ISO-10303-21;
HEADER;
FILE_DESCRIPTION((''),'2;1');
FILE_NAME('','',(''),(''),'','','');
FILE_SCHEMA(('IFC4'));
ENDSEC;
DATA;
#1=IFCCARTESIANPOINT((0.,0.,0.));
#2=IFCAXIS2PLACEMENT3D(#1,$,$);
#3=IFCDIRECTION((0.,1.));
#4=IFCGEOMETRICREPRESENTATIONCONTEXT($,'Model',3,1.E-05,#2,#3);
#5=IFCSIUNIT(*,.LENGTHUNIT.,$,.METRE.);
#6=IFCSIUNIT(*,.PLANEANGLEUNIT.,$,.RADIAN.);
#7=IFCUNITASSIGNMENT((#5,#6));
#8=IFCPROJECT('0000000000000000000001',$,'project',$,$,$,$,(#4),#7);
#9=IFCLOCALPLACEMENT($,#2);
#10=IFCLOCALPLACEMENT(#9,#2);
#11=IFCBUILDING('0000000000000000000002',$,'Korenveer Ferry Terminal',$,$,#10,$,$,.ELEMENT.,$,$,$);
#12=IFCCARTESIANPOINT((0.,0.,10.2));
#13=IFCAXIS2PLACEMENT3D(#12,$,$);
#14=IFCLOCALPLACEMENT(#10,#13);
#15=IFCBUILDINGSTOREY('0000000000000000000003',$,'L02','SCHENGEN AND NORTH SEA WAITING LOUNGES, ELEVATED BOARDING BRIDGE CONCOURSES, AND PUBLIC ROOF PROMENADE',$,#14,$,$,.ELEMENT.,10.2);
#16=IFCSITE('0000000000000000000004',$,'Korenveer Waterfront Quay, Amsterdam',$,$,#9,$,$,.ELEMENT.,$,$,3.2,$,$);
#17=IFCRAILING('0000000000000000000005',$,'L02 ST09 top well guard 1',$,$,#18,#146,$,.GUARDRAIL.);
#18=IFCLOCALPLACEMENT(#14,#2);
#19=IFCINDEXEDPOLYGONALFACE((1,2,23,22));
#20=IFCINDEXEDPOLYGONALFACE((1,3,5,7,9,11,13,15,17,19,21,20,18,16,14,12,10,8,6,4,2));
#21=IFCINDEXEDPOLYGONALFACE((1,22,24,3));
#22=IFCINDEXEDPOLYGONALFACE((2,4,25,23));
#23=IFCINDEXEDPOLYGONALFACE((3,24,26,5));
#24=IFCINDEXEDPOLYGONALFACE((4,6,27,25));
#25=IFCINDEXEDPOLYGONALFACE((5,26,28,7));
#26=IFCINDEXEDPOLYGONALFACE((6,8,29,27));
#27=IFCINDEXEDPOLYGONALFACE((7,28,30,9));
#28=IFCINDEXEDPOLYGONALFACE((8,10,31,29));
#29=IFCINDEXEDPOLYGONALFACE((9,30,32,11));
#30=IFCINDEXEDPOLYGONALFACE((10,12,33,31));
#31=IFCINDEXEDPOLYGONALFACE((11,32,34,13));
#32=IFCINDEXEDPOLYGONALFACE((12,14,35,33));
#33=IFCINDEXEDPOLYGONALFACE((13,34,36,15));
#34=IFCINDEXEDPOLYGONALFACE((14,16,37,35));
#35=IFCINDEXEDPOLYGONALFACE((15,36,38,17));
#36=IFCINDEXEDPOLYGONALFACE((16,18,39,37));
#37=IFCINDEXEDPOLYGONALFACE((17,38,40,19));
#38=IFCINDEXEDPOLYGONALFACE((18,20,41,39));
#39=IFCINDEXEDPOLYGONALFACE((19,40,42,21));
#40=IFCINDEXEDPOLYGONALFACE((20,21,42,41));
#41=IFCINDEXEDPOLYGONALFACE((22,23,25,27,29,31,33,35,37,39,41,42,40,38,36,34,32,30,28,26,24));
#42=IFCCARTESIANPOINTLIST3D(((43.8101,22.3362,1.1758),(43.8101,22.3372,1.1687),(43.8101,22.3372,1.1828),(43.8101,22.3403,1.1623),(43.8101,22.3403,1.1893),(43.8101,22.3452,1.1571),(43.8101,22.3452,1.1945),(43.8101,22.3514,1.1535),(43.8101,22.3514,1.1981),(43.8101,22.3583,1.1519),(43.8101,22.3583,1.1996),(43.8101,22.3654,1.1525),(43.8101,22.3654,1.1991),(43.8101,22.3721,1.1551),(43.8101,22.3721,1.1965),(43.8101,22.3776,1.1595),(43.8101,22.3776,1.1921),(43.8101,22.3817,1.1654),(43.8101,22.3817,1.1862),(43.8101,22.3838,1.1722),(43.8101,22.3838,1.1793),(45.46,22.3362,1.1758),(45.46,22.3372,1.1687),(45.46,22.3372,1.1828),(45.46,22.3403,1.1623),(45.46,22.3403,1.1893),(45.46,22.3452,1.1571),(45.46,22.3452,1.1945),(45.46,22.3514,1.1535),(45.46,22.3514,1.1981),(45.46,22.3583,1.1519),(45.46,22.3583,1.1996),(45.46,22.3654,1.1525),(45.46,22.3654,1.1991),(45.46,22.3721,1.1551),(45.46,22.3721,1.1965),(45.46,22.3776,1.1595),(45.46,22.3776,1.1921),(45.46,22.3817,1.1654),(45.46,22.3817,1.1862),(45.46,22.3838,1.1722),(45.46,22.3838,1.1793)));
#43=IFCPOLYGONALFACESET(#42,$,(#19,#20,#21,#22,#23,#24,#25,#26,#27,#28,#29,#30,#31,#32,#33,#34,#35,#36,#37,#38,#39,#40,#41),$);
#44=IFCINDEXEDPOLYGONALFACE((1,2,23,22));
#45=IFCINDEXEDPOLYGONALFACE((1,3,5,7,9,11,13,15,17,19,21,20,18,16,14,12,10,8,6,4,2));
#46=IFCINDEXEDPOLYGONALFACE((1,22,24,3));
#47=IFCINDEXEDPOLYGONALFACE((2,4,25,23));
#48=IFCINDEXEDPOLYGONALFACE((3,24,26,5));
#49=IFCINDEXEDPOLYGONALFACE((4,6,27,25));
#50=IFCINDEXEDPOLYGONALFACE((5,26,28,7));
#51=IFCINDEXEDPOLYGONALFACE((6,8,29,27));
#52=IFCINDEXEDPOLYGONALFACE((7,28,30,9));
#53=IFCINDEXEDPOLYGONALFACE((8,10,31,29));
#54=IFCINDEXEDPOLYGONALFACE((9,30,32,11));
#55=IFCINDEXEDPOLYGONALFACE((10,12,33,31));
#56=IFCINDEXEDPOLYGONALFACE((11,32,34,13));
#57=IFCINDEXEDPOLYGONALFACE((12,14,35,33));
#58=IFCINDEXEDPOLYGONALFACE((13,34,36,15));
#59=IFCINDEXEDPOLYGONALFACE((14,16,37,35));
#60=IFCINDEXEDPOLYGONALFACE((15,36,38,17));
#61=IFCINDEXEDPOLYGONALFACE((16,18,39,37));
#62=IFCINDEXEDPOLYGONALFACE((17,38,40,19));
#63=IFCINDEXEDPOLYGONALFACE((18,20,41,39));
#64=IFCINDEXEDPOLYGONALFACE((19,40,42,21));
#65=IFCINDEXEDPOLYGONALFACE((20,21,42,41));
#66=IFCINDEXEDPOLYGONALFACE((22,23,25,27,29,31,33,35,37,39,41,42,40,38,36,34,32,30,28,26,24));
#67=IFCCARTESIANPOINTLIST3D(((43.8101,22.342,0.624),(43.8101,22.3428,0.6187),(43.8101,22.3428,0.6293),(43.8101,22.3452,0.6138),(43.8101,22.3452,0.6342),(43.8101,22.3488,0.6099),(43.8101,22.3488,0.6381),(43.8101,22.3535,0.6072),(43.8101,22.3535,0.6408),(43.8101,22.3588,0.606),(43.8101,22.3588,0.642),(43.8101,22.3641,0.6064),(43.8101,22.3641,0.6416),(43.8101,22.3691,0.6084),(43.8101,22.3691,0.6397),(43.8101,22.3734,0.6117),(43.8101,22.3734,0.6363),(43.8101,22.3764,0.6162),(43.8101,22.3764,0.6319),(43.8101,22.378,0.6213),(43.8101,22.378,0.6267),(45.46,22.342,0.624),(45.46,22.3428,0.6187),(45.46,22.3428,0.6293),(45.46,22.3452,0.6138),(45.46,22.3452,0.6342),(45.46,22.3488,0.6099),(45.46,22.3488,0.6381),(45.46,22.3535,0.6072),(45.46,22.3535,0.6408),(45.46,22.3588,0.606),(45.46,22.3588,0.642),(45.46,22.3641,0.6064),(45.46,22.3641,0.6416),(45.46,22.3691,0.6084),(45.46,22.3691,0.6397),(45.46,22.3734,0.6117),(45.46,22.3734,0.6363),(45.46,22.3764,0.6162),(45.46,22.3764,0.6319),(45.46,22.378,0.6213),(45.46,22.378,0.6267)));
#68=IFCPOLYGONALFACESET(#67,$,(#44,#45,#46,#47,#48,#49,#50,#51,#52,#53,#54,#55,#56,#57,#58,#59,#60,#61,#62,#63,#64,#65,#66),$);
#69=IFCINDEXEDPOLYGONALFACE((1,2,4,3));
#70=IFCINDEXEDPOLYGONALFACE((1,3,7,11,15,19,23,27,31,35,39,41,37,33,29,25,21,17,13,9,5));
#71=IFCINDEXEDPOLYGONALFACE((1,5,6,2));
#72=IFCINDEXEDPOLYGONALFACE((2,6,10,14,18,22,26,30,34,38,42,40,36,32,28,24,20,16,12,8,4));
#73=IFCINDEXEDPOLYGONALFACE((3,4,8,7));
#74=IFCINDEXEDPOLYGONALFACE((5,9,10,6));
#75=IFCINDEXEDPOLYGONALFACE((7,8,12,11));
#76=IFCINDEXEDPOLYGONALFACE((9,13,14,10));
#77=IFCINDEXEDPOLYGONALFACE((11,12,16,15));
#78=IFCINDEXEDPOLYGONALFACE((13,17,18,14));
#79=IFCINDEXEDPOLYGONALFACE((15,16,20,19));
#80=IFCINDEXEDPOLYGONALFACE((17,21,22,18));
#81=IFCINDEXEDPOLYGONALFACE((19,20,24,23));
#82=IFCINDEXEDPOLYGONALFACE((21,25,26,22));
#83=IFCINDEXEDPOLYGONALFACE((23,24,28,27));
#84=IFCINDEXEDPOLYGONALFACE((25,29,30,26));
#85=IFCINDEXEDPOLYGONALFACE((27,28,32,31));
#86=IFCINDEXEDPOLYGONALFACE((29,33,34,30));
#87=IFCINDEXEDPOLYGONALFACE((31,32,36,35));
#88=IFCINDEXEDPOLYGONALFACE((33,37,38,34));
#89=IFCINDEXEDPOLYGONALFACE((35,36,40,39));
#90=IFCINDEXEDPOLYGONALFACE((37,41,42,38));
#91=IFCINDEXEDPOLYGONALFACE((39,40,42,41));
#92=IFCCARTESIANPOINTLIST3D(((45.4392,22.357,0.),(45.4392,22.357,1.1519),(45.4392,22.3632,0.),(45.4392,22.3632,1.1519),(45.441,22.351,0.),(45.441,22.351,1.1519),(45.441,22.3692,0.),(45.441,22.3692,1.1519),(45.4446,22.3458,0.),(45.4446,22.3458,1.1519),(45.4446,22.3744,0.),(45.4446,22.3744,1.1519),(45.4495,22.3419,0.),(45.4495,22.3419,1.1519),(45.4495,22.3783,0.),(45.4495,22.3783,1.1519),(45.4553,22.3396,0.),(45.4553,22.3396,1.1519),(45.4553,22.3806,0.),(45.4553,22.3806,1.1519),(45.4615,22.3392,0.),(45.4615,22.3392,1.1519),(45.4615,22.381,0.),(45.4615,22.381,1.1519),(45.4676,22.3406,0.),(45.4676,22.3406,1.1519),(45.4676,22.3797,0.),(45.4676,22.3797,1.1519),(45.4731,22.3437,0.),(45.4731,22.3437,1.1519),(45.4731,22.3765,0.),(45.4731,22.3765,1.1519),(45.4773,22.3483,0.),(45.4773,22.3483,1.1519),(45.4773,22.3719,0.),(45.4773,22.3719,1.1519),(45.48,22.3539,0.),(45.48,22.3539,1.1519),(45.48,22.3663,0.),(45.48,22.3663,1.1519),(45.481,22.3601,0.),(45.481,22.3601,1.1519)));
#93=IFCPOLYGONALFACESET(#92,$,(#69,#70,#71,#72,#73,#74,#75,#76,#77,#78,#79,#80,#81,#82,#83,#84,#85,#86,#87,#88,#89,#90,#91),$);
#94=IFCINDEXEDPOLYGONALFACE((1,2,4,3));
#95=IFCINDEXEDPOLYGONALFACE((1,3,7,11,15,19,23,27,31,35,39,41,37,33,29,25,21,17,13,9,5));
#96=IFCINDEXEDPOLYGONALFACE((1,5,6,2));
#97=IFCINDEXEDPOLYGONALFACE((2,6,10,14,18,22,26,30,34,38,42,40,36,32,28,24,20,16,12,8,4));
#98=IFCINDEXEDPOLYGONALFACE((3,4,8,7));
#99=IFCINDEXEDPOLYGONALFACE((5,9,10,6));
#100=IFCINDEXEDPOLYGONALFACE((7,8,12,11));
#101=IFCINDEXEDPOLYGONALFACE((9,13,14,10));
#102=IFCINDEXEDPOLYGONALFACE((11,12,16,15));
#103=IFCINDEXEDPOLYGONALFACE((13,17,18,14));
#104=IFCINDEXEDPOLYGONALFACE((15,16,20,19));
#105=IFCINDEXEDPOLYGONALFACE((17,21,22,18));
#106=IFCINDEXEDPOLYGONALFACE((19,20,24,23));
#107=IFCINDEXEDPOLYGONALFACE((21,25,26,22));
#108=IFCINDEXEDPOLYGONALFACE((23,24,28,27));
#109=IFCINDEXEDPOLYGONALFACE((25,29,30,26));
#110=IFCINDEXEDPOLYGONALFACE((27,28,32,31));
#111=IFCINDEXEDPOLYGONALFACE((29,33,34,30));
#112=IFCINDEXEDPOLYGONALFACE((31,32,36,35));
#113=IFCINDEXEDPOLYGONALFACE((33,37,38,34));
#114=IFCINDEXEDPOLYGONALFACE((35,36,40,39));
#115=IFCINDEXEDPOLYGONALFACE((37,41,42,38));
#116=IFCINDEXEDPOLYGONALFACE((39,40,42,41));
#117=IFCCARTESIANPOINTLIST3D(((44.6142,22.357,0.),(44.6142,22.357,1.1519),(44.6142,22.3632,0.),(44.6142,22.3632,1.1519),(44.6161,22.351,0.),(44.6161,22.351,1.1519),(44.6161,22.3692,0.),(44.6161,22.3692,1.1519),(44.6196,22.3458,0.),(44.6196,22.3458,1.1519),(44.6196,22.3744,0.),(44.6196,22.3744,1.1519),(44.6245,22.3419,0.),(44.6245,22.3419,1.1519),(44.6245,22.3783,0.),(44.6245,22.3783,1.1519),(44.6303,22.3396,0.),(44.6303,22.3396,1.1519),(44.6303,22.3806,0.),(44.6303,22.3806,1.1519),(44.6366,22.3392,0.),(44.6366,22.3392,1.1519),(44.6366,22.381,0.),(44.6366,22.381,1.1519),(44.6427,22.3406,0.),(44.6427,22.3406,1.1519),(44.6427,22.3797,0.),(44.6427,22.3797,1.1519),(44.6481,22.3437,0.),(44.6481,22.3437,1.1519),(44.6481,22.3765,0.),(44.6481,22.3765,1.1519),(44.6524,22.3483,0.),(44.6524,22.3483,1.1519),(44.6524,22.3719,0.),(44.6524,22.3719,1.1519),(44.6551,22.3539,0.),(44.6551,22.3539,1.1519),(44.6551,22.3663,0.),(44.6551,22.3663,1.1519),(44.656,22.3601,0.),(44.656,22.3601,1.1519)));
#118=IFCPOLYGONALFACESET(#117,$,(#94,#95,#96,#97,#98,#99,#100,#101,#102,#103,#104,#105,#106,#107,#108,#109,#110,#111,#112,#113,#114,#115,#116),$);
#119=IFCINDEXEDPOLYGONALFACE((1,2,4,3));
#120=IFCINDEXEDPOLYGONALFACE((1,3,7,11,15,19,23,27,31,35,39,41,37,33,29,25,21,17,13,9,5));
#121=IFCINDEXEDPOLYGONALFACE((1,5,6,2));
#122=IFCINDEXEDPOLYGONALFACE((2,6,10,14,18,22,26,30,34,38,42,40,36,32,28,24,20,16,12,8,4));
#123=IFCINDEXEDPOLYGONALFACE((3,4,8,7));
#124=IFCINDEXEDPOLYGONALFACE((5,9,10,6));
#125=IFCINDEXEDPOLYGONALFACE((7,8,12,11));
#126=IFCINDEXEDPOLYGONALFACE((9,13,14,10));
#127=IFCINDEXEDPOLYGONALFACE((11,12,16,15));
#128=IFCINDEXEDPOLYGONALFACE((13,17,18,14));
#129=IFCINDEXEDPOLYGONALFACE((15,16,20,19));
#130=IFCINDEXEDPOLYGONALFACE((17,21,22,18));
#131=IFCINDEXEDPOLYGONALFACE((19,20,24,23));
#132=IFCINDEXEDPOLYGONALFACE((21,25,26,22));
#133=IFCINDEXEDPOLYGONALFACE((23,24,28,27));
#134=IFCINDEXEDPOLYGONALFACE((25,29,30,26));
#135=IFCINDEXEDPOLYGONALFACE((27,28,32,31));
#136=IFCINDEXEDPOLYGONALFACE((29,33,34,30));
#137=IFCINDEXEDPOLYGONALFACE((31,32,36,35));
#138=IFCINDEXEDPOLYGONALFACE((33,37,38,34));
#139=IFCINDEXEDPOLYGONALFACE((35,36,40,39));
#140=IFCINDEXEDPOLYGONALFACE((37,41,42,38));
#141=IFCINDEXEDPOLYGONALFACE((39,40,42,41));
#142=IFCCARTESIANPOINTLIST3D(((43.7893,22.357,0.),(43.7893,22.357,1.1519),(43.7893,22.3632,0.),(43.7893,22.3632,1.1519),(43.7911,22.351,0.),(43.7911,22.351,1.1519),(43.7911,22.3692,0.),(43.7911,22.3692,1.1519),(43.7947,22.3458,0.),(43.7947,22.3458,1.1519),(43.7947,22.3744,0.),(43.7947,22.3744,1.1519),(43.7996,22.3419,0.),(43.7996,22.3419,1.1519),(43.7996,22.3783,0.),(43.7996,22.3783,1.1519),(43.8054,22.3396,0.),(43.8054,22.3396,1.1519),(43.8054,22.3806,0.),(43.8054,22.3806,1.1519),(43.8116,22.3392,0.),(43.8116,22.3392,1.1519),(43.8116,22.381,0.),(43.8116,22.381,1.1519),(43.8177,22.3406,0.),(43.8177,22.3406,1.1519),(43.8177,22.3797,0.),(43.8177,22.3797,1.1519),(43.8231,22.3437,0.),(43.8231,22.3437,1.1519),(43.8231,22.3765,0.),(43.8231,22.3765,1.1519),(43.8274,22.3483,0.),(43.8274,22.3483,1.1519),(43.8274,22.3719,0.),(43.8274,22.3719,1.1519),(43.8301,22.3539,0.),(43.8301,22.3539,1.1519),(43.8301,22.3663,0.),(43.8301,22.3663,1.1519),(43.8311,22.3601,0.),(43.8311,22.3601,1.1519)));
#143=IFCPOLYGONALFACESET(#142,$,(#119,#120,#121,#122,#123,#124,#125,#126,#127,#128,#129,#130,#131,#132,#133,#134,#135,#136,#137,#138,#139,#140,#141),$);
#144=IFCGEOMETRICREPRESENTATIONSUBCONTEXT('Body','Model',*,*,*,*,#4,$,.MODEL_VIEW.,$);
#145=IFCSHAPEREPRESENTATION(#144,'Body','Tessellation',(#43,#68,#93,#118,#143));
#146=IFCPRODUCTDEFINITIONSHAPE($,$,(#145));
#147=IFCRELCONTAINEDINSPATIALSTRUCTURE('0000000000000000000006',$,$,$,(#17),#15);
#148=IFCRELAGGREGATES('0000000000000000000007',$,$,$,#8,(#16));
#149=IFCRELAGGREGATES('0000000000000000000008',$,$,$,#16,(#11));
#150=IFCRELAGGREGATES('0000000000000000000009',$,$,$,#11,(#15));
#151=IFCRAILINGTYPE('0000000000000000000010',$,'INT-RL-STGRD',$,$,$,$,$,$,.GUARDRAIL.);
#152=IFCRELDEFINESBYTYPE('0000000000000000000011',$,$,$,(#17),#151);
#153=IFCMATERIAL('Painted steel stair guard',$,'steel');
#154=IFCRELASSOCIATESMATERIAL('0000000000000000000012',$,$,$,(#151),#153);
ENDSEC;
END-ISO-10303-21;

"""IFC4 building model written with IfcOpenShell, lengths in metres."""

from ifc_helpers import new_model, si_unit, direction, frame, origin, origin_2d, place, context, subcontext, project, spatial, circle, extrude, material, type_object, element, save


model = new_model("IFC4")

# Units and contexts
model_context = context("Model", 3, precision=1e-05, world=origin(), true_north=direction((0.0, 1.0)))
body_context = subcontext(model_context, "Body", "Model", "MODEL_VIEW")
ifc_project = project(units=[si_unit("LENGTHUNIT", "METRE"), si_unit("PLANEANGLEUNIT", "RADIAN")], contexts=[model_context])

# Site, building, storey
site_placement = place(None, origin())
site = spatial("IfcSite", under=ifc_project, at=site_placement, Name="Korenveer Waterfront Quay, Amsterdam", CompositionType="ELEMENT", RefElevation=3.2)
building_placement = place(site_placement, origin())
building = spatial("IfcBuilding", under=site, at=building_placement, Name="Korenveer Ferry Terminal", CompositionType="ELEMENT")
storey_placement = place(building_placement, frame((0.0, 0.0, 10.2)))
storey = spatial("IfcBuildingStorey", under=building, at=storey_placement, Name="L02", Description="SCHENGEN AND NORTH SEA WAITING LOUNGES, ELEVATED BOARDING BRIDGE CONCOURSES, AND PUBLIC ROOF PROMENADE", CompositionType="ELEMENT", Elevation=10.2)

# Railing
ifc_material_1 = material(Name="Painted steel stair guard", Category="steel")
railing_type = type_object("IfcRailingType", Name="INT-RL-STGRD", PredefinedType="GUARDRAIL", material=ifc_material_1)
railing_placement = place(storey_placement, frame((45.46, 22.3601, 0.0)))
element("IfcRailing", 1, at=railing_placement, inside=storey, type_object=railing_type, Name="L02 ST09 top well guard 1", PredefinedType="GUARDRAIL", context=body_context, shape_type="SweptSolid", body=[
    extrude(circle(Radius=0.0239, at=origin_2d()), frame((0.0, 0.0, 1.1758), z_axis=(-1.0, 0.0, 0.0), x_axis=(0.0, -1.0, 0.0)), (0.0, 0.0, 1.0), 1.6499),
    extrude(circle(Radius=0.0181, at=origin_2d()), frame((0.0, 0.0, 0.624), z_axis=(-1.0, 0.0, 0.0), x_axis=(0.0, -1.0, 0.0)), (0.0, 0.0, 1.0), 1.6499),
    extrude(circle(Radius=0.021, at=origin_2d()), origin(), (0.0, 0.0, 1.0), 1.1519),
    extrude(circle(Radius=0.021, at=origin_2d()), frame((-0.825, 0.0, 0.0)), (0.0, 0.0, 1.0), 1.1519),
    extrude(circle(Radius=0.021, at=origin_2d()), frame((-1.6499, 0.0, 0.0)), (0.0, 0.0, 1.0), 1.1519),
])

save(model, "model.ifc")
